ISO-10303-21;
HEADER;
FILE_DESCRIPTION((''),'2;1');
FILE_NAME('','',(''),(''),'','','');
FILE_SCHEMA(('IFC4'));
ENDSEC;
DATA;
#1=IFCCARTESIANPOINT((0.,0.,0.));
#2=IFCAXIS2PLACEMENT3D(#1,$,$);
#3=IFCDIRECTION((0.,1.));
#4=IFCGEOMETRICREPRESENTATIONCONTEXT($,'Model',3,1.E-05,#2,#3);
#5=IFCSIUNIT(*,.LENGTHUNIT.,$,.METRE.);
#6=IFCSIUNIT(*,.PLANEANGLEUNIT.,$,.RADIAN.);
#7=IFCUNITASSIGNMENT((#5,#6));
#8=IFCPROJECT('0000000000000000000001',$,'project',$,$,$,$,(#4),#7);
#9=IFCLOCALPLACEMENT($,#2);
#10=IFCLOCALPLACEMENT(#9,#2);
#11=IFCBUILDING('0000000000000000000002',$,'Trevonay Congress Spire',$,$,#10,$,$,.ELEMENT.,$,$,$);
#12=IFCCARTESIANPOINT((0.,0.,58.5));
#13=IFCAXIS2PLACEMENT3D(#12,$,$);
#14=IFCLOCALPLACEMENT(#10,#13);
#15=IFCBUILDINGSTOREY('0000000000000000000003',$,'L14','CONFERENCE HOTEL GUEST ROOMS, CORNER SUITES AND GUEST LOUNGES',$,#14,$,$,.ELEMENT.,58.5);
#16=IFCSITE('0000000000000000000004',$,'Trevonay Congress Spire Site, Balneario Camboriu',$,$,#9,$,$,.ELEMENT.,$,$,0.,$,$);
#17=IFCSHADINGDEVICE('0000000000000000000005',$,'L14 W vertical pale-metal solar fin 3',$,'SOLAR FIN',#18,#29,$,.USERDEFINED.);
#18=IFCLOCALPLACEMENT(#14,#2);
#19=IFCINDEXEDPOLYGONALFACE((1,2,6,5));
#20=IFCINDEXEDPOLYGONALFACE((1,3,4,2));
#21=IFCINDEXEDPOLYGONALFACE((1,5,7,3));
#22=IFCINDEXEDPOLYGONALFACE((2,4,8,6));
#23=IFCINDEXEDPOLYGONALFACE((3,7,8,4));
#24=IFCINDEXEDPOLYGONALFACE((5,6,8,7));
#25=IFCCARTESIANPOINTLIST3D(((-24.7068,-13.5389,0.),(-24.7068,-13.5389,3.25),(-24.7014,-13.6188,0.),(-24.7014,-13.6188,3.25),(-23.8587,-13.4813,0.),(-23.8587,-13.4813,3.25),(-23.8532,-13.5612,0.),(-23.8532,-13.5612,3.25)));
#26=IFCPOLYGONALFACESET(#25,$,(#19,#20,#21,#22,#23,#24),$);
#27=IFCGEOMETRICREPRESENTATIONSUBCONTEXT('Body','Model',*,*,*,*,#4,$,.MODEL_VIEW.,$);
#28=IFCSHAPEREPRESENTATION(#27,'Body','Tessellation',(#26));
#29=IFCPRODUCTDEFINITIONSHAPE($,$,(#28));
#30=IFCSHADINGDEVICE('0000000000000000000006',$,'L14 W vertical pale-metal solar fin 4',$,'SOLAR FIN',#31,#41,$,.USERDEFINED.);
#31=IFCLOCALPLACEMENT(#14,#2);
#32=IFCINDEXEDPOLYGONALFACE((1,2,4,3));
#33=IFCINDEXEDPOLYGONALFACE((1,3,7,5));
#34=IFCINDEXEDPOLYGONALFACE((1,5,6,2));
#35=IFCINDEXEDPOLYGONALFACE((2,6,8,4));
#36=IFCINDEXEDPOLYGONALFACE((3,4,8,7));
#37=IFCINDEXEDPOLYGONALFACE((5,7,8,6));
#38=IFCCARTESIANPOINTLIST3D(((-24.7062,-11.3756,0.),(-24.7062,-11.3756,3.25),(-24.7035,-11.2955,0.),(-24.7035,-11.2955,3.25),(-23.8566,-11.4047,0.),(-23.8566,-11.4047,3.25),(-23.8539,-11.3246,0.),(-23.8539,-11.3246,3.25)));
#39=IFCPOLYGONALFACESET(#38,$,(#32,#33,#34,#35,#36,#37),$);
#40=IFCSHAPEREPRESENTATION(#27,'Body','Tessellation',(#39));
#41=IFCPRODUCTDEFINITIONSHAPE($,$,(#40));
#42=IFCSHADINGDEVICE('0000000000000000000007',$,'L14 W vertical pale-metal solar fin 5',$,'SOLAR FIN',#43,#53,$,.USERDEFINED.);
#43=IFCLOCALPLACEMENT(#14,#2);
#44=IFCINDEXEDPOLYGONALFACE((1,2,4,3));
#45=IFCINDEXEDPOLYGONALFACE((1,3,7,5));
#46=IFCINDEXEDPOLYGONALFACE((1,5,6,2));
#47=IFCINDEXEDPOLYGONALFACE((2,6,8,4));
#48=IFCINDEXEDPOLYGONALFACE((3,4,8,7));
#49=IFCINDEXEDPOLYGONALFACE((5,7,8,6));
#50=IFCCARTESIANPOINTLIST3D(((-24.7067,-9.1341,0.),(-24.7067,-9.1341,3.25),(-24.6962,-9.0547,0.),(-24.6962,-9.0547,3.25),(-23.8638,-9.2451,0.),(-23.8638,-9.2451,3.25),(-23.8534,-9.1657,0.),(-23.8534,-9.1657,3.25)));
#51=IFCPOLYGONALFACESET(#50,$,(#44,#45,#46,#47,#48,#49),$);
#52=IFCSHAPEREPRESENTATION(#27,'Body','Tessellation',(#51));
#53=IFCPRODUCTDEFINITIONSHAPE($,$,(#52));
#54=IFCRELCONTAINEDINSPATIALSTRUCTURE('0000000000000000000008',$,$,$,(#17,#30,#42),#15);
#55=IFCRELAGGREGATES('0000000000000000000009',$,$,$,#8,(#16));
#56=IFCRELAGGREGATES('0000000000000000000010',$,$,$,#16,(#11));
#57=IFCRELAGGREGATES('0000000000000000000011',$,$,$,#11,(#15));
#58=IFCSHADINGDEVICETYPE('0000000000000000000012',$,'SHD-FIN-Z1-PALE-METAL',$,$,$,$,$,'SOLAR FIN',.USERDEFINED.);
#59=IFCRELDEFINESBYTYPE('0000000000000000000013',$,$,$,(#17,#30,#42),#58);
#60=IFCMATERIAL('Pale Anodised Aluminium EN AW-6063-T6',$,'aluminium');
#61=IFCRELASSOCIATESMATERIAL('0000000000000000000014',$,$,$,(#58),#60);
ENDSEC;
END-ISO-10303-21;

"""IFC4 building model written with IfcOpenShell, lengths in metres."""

from ifc_helpers import new_model, si_unit, direction, frame, origin, origin_2d, place, context, subcontext, project, spatial, rectangle, extrude, material, type_object, element, save


model = new_model("IFC4")

# Units and contexts
model_context = context("Model", 3, precision=1e-05, world=origin(), true_north=direction((0.0, 1.0)))
body_context = subcontext(model_context, "Body", "Model", "MODEL_VIEW")
ifc_project = project(units=[si_unit("LENGTHUNIT", "METRE"), si_unit("PLANEANGLEUNIT", "RADIAN")], contexts=[model_context])

# Site, building, storey
site_placement = place(None, origin())
site = spatial("IfcSite", under=ifc_project, at=site_placement, Name="Trevonay Congress Spire Site, Balneario Camboriu", CompositionType="ELEMENT", RefElevation=0.0)
building_placement = place(site_placement, origin())
building = spatial("IfcBuilding", under=site, at=building_placement, Name="Trevonay Congress Spire", CompositionType="ELEMENT")
storey_placement = place(building_placement, frame((0.0, 0.0, 58.5)))
storey = spatial("IfcBuildingStorey", under=building, at=storey_placement, Name="L14", Description="CONFERENCE HOTEL GUEST ROOMS, CORNER SUITES AND GUEST LOUNGES", CompositionType="ELEMENT", Elevation=58.5)

# Shared definitions
ifc_material_1 = material(Name="Pale Anodised Aluminium EN AW-6063-T6", Category="aluminium")

# Shading devices
shading_device_type = type_object("IfcShadingDeviceType", Name="SHD-FIN-Z1-PALE-METAL", ElementType="SOLAR FIN", PredefinedType="USERDEFINED", material=ifc_material_1)
for number, where, z_axis, x_axis, name in (
    (1, (-24.28, -13.55, 0.0), (0.0, 0.0, 1.0), (-0.067667, 0.997708, 0.0), "L14 W vertical pale-metal solar fin 3"),
    (2, (-24.28, -11.3501, 0.0), (0.0, 0.0, 1.0), (0.034202, 0.999415, 0.0), "L14 W vertical pale-metal solar fin 4"),
    (3, (-24.28, -9.1499, 0.0), (0.0, 0.0, 1.0), (0.130526, 0.991445, 0.0), "L14 W vertical pale-metal solar fin 5"),
):
    element("IfcShadingDevice", number, at=place(storey_placement, frame(where, z_axis=z_axis, x_axis=x_axis)), inside=storey, type_object=shading_device_type, Name=name, ObjectType="SOLAR FIN", PredefinedType="USERDEFINED", context=body_context, shape_type="SweptSolid", body=[
        extrude(rectangle(XDim=0.0801, YDim=0.8501, at=origin_2d()), origin(), (0.0, 0.0, 1.0), 3.25),
    ])

save(model, "model.ifc")
